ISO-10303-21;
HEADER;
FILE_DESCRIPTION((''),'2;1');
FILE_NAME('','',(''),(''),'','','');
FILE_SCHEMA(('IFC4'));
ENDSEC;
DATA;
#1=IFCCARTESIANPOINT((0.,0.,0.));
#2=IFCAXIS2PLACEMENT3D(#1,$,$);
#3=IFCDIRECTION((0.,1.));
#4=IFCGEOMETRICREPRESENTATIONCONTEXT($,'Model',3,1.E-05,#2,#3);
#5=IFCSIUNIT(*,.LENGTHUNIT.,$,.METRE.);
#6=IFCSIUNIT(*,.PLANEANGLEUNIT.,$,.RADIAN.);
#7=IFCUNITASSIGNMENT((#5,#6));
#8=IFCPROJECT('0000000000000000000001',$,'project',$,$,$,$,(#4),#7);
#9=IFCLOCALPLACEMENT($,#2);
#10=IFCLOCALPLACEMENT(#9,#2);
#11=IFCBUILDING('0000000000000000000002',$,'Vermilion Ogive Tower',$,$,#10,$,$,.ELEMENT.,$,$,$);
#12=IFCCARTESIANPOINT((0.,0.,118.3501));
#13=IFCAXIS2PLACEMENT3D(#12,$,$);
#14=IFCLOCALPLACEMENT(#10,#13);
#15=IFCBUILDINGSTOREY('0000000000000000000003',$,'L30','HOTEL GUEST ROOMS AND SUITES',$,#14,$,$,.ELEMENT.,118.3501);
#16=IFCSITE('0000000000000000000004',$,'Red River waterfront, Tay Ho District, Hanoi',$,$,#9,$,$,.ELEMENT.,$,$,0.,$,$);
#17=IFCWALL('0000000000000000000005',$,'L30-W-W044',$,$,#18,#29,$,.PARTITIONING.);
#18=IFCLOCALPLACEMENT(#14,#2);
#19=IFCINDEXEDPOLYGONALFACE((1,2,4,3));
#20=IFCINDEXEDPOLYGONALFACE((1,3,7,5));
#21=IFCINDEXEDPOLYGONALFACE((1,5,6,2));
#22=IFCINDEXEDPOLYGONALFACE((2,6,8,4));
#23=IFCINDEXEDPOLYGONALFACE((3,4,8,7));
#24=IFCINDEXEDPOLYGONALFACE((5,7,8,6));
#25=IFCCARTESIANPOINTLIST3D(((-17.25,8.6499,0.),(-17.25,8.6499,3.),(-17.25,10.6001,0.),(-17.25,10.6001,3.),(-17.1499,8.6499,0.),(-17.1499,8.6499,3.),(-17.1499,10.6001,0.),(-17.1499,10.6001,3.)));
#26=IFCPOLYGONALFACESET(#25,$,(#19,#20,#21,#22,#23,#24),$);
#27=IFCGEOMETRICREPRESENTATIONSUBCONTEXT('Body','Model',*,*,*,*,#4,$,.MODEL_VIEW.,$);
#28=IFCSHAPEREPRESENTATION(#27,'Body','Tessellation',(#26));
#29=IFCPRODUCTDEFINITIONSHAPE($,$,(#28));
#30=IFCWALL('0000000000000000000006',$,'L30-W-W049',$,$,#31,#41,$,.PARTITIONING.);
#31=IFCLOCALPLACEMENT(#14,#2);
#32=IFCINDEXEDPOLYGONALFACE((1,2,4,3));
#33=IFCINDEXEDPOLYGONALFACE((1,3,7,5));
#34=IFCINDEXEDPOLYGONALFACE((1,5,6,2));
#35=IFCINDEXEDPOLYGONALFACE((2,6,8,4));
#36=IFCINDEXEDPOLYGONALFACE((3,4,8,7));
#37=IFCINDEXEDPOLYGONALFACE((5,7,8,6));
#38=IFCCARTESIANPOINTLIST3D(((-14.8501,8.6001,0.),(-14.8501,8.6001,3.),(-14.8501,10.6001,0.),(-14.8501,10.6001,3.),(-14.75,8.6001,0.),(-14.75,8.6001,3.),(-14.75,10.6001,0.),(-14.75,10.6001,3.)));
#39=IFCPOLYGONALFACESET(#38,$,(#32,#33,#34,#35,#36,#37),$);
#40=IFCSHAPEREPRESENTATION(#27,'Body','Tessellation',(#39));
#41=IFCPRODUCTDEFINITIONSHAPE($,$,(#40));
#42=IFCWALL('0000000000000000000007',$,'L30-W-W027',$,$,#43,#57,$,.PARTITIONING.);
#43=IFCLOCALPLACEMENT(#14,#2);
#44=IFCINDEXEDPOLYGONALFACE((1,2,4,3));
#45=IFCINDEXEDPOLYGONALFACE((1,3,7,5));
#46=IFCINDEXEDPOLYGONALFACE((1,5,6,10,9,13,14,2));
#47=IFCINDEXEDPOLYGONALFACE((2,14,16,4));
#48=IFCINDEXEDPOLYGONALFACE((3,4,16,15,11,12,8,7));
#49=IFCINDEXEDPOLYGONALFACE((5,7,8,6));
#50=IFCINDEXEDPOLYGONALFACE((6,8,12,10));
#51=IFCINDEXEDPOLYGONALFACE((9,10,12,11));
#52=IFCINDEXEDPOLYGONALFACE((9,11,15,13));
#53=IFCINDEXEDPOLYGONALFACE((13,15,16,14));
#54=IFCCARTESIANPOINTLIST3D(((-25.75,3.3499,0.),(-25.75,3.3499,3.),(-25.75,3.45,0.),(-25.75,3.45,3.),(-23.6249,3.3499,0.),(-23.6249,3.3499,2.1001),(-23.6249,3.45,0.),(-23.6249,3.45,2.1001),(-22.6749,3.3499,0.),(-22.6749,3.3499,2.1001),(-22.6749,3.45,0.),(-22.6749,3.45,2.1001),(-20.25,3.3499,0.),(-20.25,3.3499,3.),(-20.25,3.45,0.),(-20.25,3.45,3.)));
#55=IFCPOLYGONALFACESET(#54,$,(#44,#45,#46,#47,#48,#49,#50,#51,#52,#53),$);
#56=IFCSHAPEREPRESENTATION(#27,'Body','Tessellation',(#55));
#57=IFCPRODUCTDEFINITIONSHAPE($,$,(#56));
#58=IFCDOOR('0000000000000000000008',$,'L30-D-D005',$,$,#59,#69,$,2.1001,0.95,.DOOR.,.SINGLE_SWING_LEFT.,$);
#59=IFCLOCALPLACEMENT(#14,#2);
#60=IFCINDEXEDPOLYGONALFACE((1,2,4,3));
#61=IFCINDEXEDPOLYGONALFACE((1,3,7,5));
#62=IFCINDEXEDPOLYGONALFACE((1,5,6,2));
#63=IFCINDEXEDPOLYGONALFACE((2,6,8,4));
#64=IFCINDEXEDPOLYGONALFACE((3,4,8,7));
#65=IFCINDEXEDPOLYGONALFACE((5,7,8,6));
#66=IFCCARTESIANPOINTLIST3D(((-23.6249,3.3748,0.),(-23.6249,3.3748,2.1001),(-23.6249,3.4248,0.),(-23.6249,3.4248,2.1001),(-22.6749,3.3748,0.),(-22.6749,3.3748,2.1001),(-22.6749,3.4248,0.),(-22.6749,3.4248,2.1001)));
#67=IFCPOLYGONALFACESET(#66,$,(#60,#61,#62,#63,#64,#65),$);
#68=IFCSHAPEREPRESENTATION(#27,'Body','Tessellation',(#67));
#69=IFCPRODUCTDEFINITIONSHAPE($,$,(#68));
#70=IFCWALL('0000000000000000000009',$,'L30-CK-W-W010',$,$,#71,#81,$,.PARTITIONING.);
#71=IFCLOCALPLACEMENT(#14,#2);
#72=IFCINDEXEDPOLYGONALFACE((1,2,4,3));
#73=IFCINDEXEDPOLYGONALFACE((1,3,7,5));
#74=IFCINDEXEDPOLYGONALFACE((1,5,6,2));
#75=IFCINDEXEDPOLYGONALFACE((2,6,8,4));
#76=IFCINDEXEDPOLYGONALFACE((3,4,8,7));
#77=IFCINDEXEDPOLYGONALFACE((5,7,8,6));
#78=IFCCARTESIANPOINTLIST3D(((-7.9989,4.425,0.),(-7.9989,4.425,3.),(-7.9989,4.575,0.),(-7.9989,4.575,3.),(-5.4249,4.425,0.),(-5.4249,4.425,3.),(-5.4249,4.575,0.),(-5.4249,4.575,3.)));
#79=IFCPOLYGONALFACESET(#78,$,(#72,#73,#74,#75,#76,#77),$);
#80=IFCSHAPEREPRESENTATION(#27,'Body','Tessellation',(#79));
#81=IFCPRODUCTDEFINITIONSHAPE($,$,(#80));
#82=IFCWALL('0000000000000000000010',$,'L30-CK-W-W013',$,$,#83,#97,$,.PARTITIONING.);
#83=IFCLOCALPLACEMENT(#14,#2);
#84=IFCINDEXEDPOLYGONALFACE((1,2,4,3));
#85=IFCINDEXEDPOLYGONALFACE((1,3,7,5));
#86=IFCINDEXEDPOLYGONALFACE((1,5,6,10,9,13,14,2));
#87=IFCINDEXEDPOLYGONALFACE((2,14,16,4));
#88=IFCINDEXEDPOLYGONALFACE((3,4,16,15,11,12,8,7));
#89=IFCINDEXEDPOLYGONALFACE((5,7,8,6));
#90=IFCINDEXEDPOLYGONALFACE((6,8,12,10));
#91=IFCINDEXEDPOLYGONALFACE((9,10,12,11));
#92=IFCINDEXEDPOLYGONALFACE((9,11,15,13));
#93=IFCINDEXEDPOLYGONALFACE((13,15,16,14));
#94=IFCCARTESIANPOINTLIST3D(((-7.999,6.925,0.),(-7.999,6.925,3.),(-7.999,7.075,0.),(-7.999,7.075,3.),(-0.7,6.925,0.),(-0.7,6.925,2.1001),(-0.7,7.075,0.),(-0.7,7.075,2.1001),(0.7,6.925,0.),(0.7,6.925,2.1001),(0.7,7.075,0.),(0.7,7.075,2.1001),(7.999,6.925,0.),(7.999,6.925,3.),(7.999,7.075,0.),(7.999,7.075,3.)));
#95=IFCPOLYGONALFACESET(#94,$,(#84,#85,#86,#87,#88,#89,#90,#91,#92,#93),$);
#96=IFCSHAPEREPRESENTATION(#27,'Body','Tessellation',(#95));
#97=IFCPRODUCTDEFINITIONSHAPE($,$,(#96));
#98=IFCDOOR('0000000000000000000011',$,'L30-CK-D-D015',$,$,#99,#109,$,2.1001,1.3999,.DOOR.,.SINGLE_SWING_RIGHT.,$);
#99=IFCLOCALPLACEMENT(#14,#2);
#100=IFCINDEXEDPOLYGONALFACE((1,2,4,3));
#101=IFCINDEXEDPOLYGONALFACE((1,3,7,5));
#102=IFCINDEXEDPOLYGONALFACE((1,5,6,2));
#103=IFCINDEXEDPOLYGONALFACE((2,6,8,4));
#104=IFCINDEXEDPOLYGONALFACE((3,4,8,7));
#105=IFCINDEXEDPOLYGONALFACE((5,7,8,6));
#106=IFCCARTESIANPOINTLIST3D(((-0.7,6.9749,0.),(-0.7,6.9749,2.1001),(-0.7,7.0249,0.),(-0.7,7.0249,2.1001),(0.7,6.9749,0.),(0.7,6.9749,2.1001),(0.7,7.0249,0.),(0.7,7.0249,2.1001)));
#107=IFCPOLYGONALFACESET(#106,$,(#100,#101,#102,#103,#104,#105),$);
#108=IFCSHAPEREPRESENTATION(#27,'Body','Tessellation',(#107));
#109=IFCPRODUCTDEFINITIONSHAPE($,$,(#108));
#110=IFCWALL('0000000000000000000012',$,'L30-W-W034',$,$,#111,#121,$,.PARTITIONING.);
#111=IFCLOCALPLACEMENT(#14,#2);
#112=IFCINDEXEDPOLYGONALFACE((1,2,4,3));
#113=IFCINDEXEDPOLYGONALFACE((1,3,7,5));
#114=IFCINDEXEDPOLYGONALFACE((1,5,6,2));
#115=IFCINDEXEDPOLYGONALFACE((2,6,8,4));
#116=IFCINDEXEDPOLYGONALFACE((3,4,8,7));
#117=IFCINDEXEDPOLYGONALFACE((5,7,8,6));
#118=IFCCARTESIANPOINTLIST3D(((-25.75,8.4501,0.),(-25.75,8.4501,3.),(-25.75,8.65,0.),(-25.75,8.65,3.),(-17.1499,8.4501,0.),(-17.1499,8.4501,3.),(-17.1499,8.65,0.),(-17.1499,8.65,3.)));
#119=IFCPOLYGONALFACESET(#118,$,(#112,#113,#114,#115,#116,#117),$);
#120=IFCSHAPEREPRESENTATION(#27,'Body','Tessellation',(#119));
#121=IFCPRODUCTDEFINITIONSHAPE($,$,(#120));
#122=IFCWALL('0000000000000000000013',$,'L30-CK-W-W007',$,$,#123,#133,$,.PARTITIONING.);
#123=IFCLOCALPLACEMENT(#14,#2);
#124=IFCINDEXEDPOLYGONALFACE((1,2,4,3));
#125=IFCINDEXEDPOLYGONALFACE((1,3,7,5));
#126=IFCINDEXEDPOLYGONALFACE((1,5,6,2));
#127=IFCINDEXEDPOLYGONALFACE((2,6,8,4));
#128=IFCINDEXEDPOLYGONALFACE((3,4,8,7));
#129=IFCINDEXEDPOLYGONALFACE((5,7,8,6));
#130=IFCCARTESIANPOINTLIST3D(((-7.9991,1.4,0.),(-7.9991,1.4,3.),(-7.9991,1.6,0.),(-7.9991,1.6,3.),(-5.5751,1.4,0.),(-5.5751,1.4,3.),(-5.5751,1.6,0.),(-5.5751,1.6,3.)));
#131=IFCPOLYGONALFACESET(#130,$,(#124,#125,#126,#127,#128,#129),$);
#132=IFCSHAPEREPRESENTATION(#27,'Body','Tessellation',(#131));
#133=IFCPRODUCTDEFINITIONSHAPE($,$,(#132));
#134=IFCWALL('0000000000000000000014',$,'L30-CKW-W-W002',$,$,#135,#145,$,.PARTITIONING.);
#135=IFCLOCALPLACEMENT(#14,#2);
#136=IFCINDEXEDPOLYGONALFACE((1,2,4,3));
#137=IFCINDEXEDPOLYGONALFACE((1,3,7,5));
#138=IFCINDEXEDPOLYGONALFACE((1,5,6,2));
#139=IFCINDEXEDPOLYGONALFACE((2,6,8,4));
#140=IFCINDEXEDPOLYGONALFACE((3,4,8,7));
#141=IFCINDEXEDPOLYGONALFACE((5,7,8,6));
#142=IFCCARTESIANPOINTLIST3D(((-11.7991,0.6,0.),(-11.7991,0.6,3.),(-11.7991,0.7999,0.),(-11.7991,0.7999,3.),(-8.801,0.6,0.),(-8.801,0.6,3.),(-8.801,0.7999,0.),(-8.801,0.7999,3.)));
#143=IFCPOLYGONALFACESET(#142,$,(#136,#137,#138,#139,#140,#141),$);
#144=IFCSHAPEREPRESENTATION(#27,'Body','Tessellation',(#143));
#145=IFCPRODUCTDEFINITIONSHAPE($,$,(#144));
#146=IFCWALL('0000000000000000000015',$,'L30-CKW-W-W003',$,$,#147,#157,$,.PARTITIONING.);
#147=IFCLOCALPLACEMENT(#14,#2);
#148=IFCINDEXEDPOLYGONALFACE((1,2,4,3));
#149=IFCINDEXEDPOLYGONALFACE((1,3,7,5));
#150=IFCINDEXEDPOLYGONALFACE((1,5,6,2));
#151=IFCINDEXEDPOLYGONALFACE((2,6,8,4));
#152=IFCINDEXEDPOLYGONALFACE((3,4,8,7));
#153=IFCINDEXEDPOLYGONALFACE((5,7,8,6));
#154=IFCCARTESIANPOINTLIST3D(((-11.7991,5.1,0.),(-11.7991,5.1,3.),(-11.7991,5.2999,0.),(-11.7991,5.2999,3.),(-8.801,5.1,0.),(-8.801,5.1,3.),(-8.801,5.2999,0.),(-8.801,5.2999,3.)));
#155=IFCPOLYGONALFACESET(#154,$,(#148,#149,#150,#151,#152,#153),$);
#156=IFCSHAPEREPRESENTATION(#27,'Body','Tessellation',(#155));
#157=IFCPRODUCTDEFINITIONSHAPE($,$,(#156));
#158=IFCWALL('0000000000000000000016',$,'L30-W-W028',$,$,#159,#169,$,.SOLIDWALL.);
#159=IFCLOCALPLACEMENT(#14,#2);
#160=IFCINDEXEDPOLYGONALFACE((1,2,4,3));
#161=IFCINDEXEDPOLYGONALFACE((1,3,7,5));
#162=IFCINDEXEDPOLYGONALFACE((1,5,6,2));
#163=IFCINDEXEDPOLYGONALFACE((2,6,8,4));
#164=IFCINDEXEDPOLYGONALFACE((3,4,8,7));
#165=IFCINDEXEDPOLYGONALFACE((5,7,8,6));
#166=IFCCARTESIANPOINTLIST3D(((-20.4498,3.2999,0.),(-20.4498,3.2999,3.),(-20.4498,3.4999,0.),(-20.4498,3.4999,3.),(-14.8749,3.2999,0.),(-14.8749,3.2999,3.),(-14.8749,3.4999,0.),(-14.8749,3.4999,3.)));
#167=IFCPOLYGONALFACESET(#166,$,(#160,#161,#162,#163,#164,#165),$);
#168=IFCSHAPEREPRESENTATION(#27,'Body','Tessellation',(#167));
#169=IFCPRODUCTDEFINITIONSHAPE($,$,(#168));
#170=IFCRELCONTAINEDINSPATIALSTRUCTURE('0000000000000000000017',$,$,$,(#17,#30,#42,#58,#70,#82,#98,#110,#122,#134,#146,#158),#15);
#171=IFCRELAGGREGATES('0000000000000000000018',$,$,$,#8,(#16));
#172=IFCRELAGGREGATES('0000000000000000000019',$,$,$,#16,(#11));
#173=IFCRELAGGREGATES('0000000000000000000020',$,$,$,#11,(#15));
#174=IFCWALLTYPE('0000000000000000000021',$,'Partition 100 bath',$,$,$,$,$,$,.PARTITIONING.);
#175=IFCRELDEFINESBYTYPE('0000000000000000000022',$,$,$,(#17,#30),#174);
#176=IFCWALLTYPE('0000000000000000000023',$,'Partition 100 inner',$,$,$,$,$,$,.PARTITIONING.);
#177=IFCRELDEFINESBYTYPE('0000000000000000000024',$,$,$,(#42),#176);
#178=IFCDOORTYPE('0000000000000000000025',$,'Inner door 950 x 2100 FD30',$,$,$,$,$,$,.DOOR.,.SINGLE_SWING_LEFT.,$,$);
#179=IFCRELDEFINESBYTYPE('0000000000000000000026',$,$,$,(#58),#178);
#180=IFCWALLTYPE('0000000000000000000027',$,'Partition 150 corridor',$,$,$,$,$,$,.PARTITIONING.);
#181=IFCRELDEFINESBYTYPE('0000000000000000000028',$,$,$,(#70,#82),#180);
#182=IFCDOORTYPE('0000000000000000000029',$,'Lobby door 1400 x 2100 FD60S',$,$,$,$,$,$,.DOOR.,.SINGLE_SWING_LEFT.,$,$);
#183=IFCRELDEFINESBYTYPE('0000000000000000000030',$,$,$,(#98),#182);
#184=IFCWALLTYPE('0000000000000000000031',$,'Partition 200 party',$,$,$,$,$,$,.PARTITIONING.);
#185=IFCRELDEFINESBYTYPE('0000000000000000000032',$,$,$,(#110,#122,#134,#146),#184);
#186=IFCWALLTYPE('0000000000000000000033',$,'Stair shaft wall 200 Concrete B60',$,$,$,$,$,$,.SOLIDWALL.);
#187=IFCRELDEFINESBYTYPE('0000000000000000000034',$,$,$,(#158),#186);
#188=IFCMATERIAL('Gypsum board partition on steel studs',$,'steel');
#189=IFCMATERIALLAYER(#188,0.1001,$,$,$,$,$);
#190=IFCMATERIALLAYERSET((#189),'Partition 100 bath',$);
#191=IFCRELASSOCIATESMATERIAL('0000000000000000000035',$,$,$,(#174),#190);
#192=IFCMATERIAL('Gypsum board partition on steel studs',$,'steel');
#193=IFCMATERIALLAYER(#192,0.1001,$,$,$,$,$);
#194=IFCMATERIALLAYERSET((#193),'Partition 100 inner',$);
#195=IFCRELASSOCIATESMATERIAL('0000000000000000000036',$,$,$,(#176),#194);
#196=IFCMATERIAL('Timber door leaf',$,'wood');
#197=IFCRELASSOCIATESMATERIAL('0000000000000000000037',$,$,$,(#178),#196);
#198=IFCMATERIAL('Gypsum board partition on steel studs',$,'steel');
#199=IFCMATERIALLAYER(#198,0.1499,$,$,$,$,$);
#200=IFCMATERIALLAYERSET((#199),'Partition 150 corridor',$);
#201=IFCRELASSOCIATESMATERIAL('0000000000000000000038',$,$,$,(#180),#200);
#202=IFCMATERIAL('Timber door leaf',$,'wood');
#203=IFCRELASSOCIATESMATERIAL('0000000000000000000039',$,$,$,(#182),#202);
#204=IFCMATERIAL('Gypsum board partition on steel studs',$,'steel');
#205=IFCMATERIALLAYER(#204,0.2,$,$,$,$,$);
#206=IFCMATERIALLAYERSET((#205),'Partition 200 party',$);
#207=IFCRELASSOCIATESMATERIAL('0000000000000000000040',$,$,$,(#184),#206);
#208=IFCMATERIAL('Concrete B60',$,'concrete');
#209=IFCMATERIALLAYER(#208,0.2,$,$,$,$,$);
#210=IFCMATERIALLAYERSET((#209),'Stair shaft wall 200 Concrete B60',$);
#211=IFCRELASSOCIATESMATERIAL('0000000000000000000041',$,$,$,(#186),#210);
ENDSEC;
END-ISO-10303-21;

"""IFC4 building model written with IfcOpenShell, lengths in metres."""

from ifc_helpers import new_model, si_unit, direction, frame, frame_2d, origin, place, context, subcontext, project, spatial, rectangle, extrude, material, layer, layer_set, type_object, element, fill, save


model = new_model("IFC4")

# Units and contexts
model_context = context("Model", 3, precision=1e-05, world=origin(), true_north=direction((0.0, 1.0)))
body_context = subcontext(model_context, "Body", "Model", "MODEL_VIEW")
ifc_project = project(units=[si_unit("LENGTHUNIT", "METRE"), si_unit("PLANEANGLEUNIT", "RADIAN")], contexts=[model_context])

# Site, building, storey
site_placement = place(None, origin())
site = spatial("IfcSite", under=ifc_project, at=site_placement, Name="Red River waterfront, Tay Ho District, Hanoi", CompositionType="ELEMENT", RefElevation=0.0)
building_placement = place(site_placement, origin())
building = spatial("IfcBuilding", under=site, at=building_placement, Name="Vermilion Ogive Tower", CompositionType="ELEMENT")
storey_placement = place(building_placement, frame((0.0, 0.0, 118.3501)))
storey = spatial("IfcBuildingStorey", under=building, at=storey_placement, Name="L30", Description="HOTEL GUEST ROOMS AND SUITES", CompositionType="ELEMENT", Elevation=118.3501)

# Walls
ifc_material_1 = material(Name="Gypsum board partition on steel studs", Category="steel")
ifc_layer_1 = layer(ifc_material_1, 0.1001)
ifc_layer_set_1 = layer_set([ifc_layer_1], Name="Partition 100 bath")
wall_type_1 = type_object("IfcWallType", Name="Partition 100 bath", PredefinedType="PARTITIONING", material=ifc_layer_set_1)
wall_1_placement = place(storey_placement, frame((-17.2, 8.6499, 0.0), z_axis=(0.0, 0.0, 1.0), x_axis=(0.0, 1.0, 0.0)))
element("IfcWall", 1, at=wall_1_placement, inside=storey, type_object=wall_type_1, Name="L30-W-W044", PredefinedType="PARTITIONING", context=body_context, shape_type="SweptSolid", body=[
    extrude(rectangle(XDim=1.9502, YDim=0.1001, at=frame_2d((0.9751, 0.0))), origin(), (0.0, 0.0, 1.0), 3.0),
])
wall_2_placement = place(storey_placement, frame((-14.8, 8.6001, 0.0), z_axis=(0.0, 0.0, 1.0), x_axis=(0.0, 1.0, 0.0)))
element("IfcWall", 2, at=wall_2_placement, inside=storey, type_object=wall_type_1, Name="L30-W-W049", PredefinedType="PARTITIONING", context=body_context, shape_type="SweptSolid", body=[
    extrude(rectangle(XDim=2.0, YDim=0.1001, at=frame_2d((1.0, 0.0))), origin(), (0.0, 0.0, 1.0), 3.0),
])

# Wall, opening, door
ifc_material_2 = material(Name="Gypsum board partition on steel studs", Category="steel")
ifc_layer_2 = layer(ifc_material_2, 0.1001)
ifc_layer_set_2 = layer_set([ifc_layer_2], Name="Partition 100 inner")
wall_type_2 = type_object("IfcWallType", Name="Partition 100 inner", PredefinedType="PARTITIONING", material=ifc_layer_set_2)
wall_3_placement = place(storey_placement, frame((-25.75, 3.3999, 0.0), z_axis=(0.0, 0.0, 1.0), x_axis=(1.0, 0.0, 0.0)))
wall_3 = element("IfcWall", 3, at=wall_3_placement, inside=storey, type_object=wall_type_2, Name="L30-W-W027", PredefinedType="PARTITIONING", context=body_context, shape_type="SweptSolid", body=[
    extrude(rectangle(XDim=5.5, YDim=0.1001, at=frame_2d((2.75, 0.0))), origin(), (0.0, 0.0, 1.0), 3.0),
])
opening_1_placement = place(wall_3_placement, frame((2.125, 0.0, 0.0)))
opening_1 = element("IfcOpeningElement", 4, at=opening_1_placement, cuts=wall_3, PredefinedType="OPENING", context=body_context, shape_type="SweptSolid", body=[
    extrude(rectangle(XDim=0.95, YDim=2.1001, at=frame_2d((0.4751, 1.05))), frame((0.0, 0.0601, 0.0), z_axis=(0.0, -1.0, 0.0), x_axis=(1.0, 0.0, 0.0)), (0.0, 0.0, 1.0), 0.1201),
])
ifc_material_3 = material(Name="Timber door leaf", Category="wood")
door_type_1 = type_object("IfcDoorType", Name="Inner door 950 x 2100 FD30", OperationType="SINGLE_SWING_LEFT", PredefinedType="DOOR", material=ifc_material_3)
door_1_placement = place(opening_1_placement, origin())
door_1 = element("IfcDoor", 5, at=door_1_placement, inside=storey, type_object=door_type_1, Name="L30-D-D005", OperationType="SINGLE_SWING_LEFT", OverallHeight=2.1001, OverallWidth=0.95, PredefinedType="DOOR", context=body_context, shape_type="SweptSolid", body=[
    extrude(rectangle(XDim=0.95, YDim=2.1001, at=frame_2d((0.4751, 1.05))), frame((0.0, 0.0249, 0.0), z_axis=(0.0, -1.0, 0.0), x_axis=(1.0, 0.0, 0.0)), (0.0, 0.0, 1.0), 0.05),
])
fill(opening_1, door_1)

# Wall
ifc_material_4 = material(Name="Gypsum board partition on steel studs", Category="steel")
ifc_layer_3 = layer(ifc_material_4, 0.1499)
ifc_layer_set_3 = layer_set([ifc_layer_3], Name="Partition 150 corridor")
wall_type_3 = type_object("IfcWallType", Name="Partition 150 corridor", PredefinedType="PARTITIONING", material=ifc_layer_set_3)
wall_4_placement = place(storey_placement, frame((-7.999, 4.5, 0.0), z_axis=(0.0, 0.0, 1.0), x_axis=(1.0, 0.0, 0.0)))
element("IfcWall", 6, at=wall_4_placement, inside=storey, type_object=wall_type_3, Name="L30-CK-W-W010", PredefinedType="PARTITIONING", context=body_context, shape_type="SweptSolid", body=[
    extrude(rectangle(XDim=2.574, YDim=0.1499, at=frame_2d((1.2871, 0.0))), origin(), (0.0, 0.0, 1.0), 3.0),
])

# Wall, opening, door
wall_5_placement = place(storey_placement, frame((-7.999, 7.0, 0.0), z_axis=(0.0, 0.0, 1.0), x_axis=(1.0, 0.0, 0.0)))
wall_5 = element("IfcWall", 7, at=wall_5_placement, inside=storey, type_object=wall_type_3, Name="L30-CK-W-W013", PredefinedType="PARTITIONING", context=body_context, shape_type="SweptSolid", body=[
    extrude(rectangle(XDim=15.998, YDim=0.1499, at=frame_2d((7.999, 0.0))), origin(), (0.0, 0.0, 1.0), 3.0),
])
opening_2_placement = place(wall_5_placement, frame((7.2991, 0.0, 0.0)))
opening_2 = element("IfcOpeningElement", 8, at=opening_2_placement, cuts=wall_5, PredefinedType="OPENING", context=body_context, shape_type="SweptSolid", body=[
    extrude(rectangle(XDim=1.3999, YDim=2.1001, at=frame_2d((0.7, 1.05))), frame((0.0, 0.085, 0.0), z_axis=(0.0, -1.0, 0.0), x_axis=(1.0, 0.0, 0.0)), (0.0, 0.0, 1.0), 0.1699),
])
ifc_material_5 = material(Name="Timber door leaf", Category="wood")
door_type_2 = type_object("IfcDoorType", Name="Lobby door 1400 x 2100 FD60S", OperationType="SINGLE_SWING_LEFT", PredefinedType="DOOR", material=ifc_material_5)
door_2_placement = place(opening_2_placement, origin())
door_2 = element("IfcDoor", 9, at=door_2_placement, inside=storey, type_object=door_type_2, Name="L30-CK-D-D015", OperationType="SINGLE_SWING_RIGHT", OverallHeight=2.1001, OverallWidth=1.3999, PredefinedType="DOOR", context=body_context, shape_type="SweptSolid", body=[
    extrude(rectangle(XDim=1.3999, YDim=2.1001, at=frame_2d((0.7, 1.05))), frame((0.0, 0.0249, 0.0), z_axis=(0.0, -1.0, 0.0), x_axis=(1.0, 0.0, 0.0)), (0.0, 0.0, 1.0), 0.05),
])
fill(opening_2, door_2)

# Walls
ifc_material_6 = material(Name="Gypsum board partition on steel studs", Category="steel")
ifc_layer_4 = layer(ifc_material_6, 0.2)
ifc_layer_set_4 = layer_set([ifc_layer_4], Name="Partition 200 party")
wall_type_4 = type_object("IfcWallType", Name="Partition 200 party", PredefinedType="PARTITIONING", material=ifc_layer_set_4)
wall_6_placement = place(storey_placement, frame((-25.75, 8.55, 0.0), z_axis=(0.0, 0.0, 1.0), x_axis=(1.0, 0.0, 0.0)))
element("IfcWall", 10, at=wall_6_placement, inside=storey, type_object=wall_type_4, Name="L30-W-W034", PredefinedType="PARTITIONING", context=body_context, shape_type="SweptSolid", body=[
    extrude(rectangle(XDim=8.6001, YDim=0.2, at=frame_2d((4.3, 0.0))), origin(), (0.0, 0.0, 1.0), 3.0),
])
wall_7_placement = place(storey_placement, frame((-7.999, 1.5, 0.0), z_axis=(0.0, 0.0, 1.0), x_axis=(1.0, 0.0, 0.0)))
element("IfcWall", 11, at=wall_7_placement, inside=storey, type_object=wall_type_4, Name="L30-CK-W-W007", PredefinedType="PARTITIONING", context=body_context, shape_type="SweptSolid", body=[
    extrude(rectangle(XDim=2.4241, YDim=0.2, at=frame_2d((1.2119, 0.0))), origin(), (0.0, 0.0, 1.0), 3.0),
])
for number, where, z_axis, x_axis, name in (
    (12, (-11.7991, 0.7, 0.0), (0.0, 0.0, 1.0), (1.0, 0.0, 0.0), "L30-CKW-W-W002"),
    (13, (-11.7991, 5.2, 0.0), (0.0, 0.0, 1.0), (1.0, 0.0, 0.0), "L30-CKW-W-W003"),
):
    element("IfcWall", number, at=place(storey_placement, frame(where, z_axis=z_axis, x_axis=x_axis)), inside=storey, type_object=wall_type_4, Name=name, PredefinedType="PARTITIONING", context=body_context, shape_type="SweptSolid", body=[
        extrude(rectangle(XDim=2.998, YDim=0.2, at=frame_2d((1.499, 0.0))), origin(), (0.0, 0.0, 1.0), 3.0),
    ])
ifc_material_7 = material(Name="Concrete B60", Category="concrete")
ifc_layer_5 = layer(ifc_material_7, 0.2)
ifc_layer_set_5 = layer_set([ifc_layer_5], Name="Stair shaft wall 200 Concrete B60")
wall_type_5 = type_object("IfcWallType", Name="Stair shaft wall 200 Concrete B60", PredefinedType="SOLIDWALL", material=ifc_layer_set_5)
wall_8_placement = place(storey_placement, frame((-20.45, 3.3999, 0.0), z_axis=(0.0, 0.0, 1.0), x_axis=(1.0, 0.0, 0.0)))
element("IfcWall", 14, at=wall_8_placement, inside=storey, type_object=wall_type_5, Name="L30-W-W028", PredefinedType="SOLIDWALL", context=body_context, shape_type="SweptSolid", body=[
    extrude(rectangle(XDim=5.575, YDim=0.2, at=frame_2d((2.7876, 0.0))), origin(), (0.0, 0.0, 1.0), 3.0),
])

save(model, "model.ifc")
